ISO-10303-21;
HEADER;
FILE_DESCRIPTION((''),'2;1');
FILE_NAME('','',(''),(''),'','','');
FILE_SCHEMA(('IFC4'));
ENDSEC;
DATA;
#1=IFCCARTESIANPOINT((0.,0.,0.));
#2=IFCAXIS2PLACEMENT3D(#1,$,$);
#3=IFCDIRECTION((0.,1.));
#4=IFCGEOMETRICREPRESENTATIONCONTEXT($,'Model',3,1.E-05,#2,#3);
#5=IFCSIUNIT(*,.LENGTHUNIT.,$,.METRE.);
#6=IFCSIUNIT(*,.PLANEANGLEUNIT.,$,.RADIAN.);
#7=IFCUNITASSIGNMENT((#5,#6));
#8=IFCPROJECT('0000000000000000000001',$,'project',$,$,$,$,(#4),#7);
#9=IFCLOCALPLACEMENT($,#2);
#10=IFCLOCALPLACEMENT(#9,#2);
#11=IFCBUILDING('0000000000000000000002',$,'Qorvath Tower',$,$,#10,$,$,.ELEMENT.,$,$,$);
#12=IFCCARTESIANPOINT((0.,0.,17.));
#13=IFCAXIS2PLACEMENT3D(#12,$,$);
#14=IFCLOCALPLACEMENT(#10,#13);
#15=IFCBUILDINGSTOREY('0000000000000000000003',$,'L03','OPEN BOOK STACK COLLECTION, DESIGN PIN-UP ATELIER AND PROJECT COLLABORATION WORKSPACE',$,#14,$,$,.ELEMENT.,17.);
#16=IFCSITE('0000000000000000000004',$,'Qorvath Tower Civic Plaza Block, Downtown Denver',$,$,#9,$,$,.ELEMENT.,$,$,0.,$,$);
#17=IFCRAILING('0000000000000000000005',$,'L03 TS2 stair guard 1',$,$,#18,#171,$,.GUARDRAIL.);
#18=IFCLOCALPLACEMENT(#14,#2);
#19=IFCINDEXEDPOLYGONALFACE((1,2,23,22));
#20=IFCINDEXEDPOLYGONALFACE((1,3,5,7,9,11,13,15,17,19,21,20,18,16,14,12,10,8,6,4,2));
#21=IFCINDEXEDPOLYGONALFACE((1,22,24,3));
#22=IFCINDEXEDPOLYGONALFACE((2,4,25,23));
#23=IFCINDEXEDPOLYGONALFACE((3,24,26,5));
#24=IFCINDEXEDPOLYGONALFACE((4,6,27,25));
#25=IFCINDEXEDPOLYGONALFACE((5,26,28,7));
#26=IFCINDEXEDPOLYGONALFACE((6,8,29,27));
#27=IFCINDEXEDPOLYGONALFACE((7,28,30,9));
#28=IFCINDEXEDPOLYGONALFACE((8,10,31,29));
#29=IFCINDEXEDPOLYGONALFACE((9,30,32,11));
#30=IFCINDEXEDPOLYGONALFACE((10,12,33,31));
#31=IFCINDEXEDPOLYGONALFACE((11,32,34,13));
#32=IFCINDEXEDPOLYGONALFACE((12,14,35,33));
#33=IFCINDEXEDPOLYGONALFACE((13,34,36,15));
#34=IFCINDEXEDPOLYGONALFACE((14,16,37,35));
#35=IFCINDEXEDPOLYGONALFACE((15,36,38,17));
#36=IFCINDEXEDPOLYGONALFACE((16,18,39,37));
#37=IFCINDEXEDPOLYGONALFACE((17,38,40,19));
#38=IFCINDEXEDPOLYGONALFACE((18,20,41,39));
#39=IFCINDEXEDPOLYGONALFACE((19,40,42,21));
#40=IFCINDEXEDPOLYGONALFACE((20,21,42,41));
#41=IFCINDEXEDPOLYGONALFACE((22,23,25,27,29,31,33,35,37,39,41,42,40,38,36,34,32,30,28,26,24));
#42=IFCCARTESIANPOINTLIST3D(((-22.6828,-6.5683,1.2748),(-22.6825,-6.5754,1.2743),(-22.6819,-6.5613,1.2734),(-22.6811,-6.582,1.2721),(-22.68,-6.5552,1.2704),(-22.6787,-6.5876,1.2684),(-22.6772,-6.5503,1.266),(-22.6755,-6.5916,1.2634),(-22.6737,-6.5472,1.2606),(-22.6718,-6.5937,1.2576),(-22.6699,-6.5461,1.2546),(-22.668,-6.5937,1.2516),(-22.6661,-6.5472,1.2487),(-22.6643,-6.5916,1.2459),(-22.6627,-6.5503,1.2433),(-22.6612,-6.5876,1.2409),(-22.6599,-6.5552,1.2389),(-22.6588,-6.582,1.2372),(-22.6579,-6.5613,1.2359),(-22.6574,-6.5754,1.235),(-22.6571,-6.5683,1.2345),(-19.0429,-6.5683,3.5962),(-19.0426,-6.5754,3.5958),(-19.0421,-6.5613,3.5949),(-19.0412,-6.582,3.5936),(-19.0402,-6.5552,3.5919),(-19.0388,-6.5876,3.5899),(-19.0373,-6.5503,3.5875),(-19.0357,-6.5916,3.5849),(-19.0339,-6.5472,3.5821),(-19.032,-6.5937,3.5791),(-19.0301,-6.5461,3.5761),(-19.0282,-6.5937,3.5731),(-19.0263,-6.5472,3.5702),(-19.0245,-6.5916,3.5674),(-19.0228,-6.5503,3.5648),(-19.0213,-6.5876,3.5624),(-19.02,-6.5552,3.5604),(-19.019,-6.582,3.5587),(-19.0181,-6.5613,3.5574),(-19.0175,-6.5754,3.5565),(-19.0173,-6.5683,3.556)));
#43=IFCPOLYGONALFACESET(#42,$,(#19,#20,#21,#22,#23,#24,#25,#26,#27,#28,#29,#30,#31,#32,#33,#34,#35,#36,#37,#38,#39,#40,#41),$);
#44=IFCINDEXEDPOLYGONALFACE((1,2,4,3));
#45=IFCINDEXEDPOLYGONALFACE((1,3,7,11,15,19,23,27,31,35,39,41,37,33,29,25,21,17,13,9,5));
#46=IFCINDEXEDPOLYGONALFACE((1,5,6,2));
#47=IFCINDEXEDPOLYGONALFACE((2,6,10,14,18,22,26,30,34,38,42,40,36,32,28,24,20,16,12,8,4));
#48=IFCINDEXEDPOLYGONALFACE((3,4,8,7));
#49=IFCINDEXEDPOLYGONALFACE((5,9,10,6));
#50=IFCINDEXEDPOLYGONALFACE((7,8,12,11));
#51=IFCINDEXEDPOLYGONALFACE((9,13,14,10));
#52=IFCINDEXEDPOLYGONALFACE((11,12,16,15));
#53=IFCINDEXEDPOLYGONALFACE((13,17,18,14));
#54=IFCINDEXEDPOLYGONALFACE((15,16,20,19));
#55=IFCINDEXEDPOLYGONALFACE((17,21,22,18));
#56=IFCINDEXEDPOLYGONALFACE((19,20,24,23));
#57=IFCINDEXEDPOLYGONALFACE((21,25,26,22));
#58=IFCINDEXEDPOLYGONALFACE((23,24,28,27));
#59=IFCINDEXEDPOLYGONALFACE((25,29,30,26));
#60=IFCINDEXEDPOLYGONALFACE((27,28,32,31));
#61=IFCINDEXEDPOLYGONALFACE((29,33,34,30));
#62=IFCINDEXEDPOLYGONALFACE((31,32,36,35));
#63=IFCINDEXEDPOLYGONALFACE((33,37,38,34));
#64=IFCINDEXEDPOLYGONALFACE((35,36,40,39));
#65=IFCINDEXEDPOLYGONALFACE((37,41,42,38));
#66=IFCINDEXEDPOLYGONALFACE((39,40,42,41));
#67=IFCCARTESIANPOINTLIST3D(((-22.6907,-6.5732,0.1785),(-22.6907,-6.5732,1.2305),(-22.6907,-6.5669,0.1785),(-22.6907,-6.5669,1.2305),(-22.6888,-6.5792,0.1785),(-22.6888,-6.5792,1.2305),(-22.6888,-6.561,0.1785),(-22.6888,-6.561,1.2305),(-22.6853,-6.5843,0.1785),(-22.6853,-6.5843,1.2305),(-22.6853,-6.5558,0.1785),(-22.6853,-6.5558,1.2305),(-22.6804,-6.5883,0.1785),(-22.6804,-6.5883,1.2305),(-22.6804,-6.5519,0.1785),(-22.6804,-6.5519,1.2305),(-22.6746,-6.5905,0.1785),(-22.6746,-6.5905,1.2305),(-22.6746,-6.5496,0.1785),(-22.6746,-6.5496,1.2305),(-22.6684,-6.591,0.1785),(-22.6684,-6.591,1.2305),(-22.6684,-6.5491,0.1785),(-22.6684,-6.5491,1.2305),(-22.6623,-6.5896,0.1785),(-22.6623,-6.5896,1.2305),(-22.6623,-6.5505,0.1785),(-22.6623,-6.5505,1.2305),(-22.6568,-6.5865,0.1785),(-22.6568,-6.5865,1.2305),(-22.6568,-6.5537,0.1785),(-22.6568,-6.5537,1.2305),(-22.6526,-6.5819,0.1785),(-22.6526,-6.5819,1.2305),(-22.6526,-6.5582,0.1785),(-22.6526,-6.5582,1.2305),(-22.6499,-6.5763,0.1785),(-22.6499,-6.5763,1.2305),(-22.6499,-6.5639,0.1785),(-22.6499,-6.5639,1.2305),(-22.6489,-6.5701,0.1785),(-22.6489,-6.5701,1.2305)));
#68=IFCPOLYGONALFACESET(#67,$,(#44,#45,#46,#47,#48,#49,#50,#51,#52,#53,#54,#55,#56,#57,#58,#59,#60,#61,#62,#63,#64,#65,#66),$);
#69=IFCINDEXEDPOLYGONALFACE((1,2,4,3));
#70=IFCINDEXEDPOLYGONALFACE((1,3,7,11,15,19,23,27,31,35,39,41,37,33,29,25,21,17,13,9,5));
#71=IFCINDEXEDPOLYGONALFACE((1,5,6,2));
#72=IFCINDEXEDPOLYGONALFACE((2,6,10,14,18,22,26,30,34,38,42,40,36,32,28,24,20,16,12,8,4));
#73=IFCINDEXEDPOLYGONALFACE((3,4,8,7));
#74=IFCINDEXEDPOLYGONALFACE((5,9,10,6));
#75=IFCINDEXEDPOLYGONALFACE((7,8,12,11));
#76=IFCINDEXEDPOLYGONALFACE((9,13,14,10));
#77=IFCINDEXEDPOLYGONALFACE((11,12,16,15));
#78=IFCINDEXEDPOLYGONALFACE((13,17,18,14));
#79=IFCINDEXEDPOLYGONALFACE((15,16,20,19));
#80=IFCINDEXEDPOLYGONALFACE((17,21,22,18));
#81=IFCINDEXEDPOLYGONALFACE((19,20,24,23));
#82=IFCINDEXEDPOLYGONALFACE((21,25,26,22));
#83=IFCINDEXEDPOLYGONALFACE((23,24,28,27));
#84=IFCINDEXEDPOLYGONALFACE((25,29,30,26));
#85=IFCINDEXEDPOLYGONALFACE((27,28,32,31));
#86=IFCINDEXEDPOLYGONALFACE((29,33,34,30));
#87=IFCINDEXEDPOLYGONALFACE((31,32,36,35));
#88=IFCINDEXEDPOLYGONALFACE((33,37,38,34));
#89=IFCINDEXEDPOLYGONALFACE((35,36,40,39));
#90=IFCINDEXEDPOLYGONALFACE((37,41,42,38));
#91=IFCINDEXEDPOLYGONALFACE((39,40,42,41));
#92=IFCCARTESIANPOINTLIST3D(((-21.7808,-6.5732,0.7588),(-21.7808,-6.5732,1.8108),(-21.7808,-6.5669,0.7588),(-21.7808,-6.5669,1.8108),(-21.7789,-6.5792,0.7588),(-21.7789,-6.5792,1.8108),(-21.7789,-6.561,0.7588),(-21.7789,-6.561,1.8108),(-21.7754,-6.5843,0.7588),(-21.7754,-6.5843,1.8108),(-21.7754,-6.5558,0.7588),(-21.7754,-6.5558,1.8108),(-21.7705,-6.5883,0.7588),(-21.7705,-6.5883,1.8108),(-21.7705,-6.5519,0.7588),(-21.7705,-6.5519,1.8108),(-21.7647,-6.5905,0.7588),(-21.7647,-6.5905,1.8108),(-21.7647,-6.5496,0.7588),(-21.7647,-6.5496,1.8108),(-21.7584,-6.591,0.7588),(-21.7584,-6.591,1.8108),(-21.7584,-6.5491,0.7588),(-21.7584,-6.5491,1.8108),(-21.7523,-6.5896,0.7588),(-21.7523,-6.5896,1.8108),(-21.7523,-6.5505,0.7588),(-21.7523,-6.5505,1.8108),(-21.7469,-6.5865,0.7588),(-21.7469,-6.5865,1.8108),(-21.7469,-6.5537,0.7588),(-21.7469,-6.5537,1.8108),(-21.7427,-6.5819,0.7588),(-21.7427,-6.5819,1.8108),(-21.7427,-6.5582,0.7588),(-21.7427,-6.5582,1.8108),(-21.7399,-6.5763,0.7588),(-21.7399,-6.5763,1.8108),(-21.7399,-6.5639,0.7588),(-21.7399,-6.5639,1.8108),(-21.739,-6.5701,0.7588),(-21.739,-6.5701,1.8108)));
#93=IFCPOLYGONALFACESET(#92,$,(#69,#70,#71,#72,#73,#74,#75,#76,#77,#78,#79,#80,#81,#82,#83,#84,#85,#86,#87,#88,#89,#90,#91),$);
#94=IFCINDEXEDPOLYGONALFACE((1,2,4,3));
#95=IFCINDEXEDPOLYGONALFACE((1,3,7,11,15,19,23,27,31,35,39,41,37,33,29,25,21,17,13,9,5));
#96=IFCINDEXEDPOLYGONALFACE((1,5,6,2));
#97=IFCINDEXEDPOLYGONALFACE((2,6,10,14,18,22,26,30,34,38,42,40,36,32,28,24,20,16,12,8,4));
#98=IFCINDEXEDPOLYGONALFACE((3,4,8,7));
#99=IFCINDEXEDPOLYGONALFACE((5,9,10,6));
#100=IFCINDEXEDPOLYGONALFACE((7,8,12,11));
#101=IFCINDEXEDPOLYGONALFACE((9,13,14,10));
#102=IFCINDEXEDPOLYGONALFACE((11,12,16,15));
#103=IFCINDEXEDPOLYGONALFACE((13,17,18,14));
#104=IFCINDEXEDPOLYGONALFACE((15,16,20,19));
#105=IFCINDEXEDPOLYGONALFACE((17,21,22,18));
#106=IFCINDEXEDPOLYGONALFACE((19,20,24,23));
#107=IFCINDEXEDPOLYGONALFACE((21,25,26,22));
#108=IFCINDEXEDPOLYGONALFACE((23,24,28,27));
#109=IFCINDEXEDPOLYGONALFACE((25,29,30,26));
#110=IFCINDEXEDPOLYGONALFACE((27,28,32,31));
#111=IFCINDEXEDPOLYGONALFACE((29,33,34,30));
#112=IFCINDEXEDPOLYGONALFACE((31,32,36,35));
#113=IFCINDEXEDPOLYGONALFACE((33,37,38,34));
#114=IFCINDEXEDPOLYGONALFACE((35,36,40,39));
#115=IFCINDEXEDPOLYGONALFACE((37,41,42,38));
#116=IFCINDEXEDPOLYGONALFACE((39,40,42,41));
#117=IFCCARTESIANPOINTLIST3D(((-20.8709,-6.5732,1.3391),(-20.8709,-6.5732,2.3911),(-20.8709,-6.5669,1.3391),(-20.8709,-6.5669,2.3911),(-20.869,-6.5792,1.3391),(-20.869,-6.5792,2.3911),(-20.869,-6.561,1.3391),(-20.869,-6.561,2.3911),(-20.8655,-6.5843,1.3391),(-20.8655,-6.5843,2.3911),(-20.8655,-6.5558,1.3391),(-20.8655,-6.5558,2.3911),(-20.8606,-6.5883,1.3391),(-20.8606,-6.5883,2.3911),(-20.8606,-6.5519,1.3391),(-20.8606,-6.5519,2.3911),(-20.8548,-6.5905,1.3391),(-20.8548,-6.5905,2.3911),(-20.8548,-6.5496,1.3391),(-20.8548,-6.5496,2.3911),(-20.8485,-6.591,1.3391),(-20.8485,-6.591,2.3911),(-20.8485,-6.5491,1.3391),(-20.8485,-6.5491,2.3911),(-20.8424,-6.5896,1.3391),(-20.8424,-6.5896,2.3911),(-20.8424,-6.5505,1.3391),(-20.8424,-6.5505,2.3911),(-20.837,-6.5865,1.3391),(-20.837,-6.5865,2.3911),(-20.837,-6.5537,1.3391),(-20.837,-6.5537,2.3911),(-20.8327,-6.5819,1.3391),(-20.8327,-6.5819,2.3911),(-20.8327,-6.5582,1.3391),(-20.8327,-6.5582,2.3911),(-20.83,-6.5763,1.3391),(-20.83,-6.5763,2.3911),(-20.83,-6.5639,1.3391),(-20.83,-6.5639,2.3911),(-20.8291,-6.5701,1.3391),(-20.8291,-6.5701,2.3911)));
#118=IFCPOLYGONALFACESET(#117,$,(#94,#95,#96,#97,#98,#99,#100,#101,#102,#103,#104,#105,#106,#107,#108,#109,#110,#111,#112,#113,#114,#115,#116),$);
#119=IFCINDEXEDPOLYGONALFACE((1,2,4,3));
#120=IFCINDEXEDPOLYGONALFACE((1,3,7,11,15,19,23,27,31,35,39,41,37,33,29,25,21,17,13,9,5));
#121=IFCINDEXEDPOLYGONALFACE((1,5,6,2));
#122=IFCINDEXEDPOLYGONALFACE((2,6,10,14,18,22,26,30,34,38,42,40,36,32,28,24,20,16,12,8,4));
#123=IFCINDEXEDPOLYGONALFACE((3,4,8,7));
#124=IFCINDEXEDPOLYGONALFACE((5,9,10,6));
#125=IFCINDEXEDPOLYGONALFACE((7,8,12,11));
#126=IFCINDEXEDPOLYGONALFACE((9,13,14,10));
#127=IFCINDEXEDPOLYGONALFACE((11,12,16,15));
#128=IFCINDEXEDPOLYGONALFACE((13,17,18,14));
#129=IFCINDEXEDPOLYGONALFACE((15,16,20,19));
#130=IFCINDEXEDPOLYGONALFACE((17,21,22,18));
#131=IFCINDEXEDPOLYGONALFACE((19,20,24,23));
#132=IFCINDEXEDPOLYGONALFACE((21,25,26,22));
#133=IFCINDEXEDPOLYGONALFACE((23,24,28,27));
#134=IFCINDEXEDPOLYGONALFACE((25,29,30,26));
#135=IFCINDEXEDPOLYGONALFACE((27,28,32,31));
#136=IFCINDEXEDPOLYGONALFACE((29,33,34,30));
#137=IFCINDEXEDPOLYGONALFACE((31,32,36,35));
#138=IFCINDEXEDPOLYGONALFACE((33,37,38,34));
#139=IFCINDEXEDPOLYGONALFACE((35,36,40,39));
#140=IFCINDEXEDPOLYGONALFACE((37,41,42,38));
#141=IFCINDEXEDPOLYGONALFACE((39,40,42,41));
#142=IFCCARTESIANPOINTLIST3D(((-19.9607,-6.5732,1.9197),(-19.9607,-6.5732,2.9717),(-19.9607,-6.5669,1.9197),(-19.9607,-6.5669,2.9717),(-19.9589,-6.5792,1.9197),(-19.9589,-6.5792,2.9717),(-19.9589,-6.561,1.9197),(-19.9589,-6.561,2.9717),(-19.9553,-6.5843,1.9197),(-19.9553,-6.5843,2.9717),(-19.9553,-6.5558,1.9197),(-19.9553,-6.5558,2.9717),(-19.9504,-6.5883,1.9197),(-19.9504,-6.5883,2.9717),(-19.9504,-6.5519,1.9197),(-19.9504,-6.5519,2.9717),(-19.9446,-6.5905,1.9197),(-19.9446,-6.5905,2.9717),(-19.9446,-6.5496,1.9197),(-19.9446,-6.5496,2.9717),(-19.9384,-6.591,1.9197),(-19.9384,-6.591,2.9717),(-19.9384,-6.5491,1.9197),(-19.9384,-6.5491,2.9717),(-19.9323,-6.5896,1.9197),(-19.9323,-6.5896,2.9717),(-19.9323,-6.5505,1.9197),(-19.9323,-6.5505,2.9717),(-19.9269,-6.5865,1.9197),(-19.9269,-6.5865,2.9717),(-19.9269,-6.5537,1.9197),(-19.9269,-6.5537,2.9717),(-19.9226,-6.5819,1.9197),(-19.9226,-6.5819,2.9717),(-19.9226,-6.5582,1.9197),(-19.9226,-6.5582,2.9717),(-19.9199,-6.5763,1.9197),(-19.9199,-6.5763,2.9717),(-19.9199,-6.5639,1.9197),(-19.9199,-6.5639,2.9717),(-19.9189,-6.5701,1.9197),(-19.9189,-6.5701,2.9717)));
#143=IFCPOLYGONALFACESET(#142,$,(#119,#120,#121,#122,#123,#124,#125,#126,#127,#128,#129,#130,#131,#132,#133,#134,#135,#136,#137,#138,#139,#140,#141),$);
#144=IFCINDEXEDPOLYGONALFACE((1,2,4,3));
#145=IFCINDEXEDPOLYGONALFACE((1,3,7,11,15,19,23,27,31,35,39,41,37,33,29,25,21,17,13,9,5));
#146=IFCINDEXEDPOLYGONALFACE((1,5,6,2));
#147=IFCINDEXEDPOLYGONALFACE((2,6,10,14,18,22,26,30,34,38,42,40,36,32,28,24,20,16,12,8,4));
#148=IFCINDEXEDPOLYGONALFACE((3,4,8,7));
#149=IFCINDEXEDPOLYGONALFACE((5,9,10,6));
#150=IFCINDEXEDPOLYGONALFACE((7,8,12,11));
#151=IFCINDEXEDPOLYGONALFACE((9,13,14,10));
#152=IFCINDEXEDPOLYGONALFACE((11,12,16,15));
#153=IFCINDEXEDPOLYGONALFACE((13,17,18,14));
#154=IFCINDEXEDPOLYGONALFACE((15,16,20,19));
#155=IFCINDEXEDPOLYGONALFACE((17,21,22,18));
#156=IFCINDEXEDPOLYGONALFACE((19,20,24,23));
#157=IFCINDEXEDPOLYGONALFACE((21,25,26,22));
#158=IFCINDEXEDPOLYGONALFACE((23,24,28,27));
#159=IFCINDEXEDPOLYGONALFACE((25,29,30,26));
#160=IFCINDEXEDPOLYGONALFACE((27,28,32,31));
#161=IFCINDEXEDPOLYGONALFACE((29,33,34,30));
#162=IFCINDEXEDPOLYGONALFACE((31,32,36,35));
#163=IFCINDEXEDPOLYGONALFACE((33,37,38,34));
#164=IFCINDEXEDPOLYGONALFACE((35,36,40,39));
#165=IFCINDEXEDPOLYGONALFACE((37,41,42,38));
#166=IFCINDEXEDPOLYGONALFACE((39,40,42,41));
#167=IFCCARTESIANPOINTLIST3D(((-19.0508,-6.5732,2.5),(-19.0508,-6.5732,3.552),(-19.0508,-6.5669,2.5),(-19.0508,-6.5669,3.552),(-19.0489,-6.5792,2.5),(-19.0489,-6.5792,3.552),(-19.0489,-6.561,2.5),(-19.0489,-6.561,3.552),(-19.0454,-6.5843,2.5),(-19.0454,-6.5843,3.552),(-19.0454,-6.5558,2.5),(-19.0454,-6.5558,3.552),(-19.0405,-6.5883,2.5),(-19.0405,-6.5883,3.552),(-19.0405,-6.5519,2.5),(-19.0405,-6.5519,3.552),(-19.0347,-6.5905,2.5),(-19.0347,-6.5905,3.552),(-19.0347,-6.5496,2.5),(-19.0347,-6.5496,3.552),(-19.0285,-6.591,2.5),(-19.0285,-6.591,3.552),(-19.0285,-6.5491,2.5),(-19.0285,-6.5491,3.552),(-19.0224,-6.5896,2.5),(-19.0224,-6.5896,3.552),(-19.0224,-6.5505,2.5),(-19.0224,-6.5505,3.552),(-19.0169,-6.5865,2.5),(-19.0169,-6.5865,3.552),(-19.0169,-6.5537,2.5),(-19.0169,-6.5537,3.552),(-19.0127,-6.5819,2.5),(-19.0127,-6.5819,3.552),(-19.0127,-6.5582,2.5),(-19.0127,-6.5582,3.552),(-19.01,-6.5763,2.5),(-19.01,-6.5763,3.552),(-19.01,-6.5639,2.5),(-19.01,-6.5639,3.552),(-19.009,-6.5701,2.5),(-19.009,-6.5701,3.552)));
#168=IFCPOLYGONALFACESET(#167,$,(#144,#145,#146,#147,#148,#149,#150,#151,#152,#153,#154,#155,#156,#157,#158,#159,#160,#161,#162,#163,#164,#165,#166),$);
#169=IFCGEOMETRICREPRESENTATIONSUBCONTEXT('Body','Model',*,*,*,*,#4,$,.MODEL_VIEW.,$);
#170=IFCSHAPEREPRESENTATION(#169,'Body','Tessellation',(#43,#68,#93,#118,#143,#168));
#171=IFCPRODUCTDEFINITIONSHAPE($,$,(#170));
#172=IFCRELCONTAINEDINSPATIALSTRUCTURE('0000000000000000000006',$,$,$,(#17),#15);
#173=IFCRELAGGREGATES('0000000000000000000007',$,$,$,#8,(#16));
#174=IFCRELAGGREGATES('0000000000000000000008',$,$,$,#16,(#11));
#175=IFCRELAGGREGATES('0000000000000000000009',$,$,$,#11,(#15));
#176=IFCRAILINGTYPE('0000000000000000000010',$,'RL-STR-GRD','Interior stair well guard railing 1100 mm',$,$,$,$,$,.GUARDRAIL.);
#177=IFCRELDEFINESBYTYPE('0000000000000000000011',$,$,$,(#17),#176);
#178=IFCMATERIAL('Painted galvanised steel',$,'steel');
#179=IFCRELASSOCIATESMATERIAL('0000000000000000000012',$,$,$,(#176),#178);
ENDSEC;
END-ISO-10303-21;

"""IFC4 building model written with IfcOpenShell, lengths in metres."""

from ifc_helpers import new_model, si_unit, direction, frame, origin, origin_2d, place, context, subcontext, project, spatial, circle, extrude, material, type_object, element, save


model = new_model("IFC4")

# Units and contexts
model_context = context("Model", 3, precision=1e-05, world=origin(), true_north=direction((0.0, 1.0)))
body_context = subcontext(model_context, "Body", "Model", "MODEL_VIEW")
ifc_project = project(units=[si_unit("LENGTHUNIT", "METRE"), si_unit("PLANEANGLEUNIT", "RADIAN")], contexts=[model_context])

# Site, building, storey
site_placement = place(None, origin())
site = spatial("IfcSite", under=ifc_project, at=site_placement, Name="Qorvath Tower Civic Plaza Block, Downtown Denver", CompositionType="ELEMENT", RefElevation=0.0)
building_placement = place(site_placement, origin())
building = spatial("IfcBuilding", under=site, at=building_placement, Name="Qorvath Tower", CompositionType="ELEMENT")
storey_placement = place(building_placement, frame((0.0, 0.0, 17.0)))
storey = spatial("IfcBuildingStorey", under=building, at=storey_placement, Name="L03", Description="OPEN BOOK STACK COLLECTION, DESIGN PIN-UP ATELIER AND PROJECT COLLABORATION WORKSPACE", CompositionType="ELEMENT", Elevation=17.0)

# Railing
ifc_material_1 = material(Name="Painted galvanised steel", Category="steel")
railing_type_1 = type_object("IfcRailingType", Name="RL-STR-GRD", Description="Interior stair well guard railing 1100 mm", PredefinedType="GUARDRAIL", material=ifc_material_1)
railing_1_placement = place(storey_placement, frame((-22.6699, -6.5701, 0.1785)))
element("IfcRailing", 1, at=railing_1_placement, inside=storey, type_object=railing_type_1, Name="L03 TS2 stair guard 1", PredefinedType="GUARDRAIL", context=body_context, shape_type="SweptSolid", body=[
    extrude(circle(Radius=0.0239, at=origin_2d()), frame((0.0, 0.0, 1.0762), z_axis=(0.843112, 0.0, 0.537739), x_axis=(0.0, 1.0, 0.0)), (0.0, 0.0, 1.0), 4.3171),
    extrude(circle(Radius=0.021, at=origin_2d()), origin(), (0.0, 0.0, 1.0), 1.052),
    extrude(circle(Radius=0.021, at=origin_2d()), frame((0.9099, 0.0, 0.5803)), (0.0, 0.0, 1.0), 1.052),
    extrude(circle(Radius=0.021, at=origin_2d()), frame((1.8198, 0.0, 1.1606)), (0.0, 0.0, 1.0), 1.052),
    extrude(circle(Radius=0.021, at=origin_2d()), frame((2.73, 0.0, 1.7412)), (0.0, 0.0, 1.0), 1.052),
    extrude(circle(Radius=0.021, at=origin_2d()), frame((3.6399, 0.0, 2.3215)), (0.0, 0.0, 1.0), 1.052),
])

save(model, "model.ifc")
